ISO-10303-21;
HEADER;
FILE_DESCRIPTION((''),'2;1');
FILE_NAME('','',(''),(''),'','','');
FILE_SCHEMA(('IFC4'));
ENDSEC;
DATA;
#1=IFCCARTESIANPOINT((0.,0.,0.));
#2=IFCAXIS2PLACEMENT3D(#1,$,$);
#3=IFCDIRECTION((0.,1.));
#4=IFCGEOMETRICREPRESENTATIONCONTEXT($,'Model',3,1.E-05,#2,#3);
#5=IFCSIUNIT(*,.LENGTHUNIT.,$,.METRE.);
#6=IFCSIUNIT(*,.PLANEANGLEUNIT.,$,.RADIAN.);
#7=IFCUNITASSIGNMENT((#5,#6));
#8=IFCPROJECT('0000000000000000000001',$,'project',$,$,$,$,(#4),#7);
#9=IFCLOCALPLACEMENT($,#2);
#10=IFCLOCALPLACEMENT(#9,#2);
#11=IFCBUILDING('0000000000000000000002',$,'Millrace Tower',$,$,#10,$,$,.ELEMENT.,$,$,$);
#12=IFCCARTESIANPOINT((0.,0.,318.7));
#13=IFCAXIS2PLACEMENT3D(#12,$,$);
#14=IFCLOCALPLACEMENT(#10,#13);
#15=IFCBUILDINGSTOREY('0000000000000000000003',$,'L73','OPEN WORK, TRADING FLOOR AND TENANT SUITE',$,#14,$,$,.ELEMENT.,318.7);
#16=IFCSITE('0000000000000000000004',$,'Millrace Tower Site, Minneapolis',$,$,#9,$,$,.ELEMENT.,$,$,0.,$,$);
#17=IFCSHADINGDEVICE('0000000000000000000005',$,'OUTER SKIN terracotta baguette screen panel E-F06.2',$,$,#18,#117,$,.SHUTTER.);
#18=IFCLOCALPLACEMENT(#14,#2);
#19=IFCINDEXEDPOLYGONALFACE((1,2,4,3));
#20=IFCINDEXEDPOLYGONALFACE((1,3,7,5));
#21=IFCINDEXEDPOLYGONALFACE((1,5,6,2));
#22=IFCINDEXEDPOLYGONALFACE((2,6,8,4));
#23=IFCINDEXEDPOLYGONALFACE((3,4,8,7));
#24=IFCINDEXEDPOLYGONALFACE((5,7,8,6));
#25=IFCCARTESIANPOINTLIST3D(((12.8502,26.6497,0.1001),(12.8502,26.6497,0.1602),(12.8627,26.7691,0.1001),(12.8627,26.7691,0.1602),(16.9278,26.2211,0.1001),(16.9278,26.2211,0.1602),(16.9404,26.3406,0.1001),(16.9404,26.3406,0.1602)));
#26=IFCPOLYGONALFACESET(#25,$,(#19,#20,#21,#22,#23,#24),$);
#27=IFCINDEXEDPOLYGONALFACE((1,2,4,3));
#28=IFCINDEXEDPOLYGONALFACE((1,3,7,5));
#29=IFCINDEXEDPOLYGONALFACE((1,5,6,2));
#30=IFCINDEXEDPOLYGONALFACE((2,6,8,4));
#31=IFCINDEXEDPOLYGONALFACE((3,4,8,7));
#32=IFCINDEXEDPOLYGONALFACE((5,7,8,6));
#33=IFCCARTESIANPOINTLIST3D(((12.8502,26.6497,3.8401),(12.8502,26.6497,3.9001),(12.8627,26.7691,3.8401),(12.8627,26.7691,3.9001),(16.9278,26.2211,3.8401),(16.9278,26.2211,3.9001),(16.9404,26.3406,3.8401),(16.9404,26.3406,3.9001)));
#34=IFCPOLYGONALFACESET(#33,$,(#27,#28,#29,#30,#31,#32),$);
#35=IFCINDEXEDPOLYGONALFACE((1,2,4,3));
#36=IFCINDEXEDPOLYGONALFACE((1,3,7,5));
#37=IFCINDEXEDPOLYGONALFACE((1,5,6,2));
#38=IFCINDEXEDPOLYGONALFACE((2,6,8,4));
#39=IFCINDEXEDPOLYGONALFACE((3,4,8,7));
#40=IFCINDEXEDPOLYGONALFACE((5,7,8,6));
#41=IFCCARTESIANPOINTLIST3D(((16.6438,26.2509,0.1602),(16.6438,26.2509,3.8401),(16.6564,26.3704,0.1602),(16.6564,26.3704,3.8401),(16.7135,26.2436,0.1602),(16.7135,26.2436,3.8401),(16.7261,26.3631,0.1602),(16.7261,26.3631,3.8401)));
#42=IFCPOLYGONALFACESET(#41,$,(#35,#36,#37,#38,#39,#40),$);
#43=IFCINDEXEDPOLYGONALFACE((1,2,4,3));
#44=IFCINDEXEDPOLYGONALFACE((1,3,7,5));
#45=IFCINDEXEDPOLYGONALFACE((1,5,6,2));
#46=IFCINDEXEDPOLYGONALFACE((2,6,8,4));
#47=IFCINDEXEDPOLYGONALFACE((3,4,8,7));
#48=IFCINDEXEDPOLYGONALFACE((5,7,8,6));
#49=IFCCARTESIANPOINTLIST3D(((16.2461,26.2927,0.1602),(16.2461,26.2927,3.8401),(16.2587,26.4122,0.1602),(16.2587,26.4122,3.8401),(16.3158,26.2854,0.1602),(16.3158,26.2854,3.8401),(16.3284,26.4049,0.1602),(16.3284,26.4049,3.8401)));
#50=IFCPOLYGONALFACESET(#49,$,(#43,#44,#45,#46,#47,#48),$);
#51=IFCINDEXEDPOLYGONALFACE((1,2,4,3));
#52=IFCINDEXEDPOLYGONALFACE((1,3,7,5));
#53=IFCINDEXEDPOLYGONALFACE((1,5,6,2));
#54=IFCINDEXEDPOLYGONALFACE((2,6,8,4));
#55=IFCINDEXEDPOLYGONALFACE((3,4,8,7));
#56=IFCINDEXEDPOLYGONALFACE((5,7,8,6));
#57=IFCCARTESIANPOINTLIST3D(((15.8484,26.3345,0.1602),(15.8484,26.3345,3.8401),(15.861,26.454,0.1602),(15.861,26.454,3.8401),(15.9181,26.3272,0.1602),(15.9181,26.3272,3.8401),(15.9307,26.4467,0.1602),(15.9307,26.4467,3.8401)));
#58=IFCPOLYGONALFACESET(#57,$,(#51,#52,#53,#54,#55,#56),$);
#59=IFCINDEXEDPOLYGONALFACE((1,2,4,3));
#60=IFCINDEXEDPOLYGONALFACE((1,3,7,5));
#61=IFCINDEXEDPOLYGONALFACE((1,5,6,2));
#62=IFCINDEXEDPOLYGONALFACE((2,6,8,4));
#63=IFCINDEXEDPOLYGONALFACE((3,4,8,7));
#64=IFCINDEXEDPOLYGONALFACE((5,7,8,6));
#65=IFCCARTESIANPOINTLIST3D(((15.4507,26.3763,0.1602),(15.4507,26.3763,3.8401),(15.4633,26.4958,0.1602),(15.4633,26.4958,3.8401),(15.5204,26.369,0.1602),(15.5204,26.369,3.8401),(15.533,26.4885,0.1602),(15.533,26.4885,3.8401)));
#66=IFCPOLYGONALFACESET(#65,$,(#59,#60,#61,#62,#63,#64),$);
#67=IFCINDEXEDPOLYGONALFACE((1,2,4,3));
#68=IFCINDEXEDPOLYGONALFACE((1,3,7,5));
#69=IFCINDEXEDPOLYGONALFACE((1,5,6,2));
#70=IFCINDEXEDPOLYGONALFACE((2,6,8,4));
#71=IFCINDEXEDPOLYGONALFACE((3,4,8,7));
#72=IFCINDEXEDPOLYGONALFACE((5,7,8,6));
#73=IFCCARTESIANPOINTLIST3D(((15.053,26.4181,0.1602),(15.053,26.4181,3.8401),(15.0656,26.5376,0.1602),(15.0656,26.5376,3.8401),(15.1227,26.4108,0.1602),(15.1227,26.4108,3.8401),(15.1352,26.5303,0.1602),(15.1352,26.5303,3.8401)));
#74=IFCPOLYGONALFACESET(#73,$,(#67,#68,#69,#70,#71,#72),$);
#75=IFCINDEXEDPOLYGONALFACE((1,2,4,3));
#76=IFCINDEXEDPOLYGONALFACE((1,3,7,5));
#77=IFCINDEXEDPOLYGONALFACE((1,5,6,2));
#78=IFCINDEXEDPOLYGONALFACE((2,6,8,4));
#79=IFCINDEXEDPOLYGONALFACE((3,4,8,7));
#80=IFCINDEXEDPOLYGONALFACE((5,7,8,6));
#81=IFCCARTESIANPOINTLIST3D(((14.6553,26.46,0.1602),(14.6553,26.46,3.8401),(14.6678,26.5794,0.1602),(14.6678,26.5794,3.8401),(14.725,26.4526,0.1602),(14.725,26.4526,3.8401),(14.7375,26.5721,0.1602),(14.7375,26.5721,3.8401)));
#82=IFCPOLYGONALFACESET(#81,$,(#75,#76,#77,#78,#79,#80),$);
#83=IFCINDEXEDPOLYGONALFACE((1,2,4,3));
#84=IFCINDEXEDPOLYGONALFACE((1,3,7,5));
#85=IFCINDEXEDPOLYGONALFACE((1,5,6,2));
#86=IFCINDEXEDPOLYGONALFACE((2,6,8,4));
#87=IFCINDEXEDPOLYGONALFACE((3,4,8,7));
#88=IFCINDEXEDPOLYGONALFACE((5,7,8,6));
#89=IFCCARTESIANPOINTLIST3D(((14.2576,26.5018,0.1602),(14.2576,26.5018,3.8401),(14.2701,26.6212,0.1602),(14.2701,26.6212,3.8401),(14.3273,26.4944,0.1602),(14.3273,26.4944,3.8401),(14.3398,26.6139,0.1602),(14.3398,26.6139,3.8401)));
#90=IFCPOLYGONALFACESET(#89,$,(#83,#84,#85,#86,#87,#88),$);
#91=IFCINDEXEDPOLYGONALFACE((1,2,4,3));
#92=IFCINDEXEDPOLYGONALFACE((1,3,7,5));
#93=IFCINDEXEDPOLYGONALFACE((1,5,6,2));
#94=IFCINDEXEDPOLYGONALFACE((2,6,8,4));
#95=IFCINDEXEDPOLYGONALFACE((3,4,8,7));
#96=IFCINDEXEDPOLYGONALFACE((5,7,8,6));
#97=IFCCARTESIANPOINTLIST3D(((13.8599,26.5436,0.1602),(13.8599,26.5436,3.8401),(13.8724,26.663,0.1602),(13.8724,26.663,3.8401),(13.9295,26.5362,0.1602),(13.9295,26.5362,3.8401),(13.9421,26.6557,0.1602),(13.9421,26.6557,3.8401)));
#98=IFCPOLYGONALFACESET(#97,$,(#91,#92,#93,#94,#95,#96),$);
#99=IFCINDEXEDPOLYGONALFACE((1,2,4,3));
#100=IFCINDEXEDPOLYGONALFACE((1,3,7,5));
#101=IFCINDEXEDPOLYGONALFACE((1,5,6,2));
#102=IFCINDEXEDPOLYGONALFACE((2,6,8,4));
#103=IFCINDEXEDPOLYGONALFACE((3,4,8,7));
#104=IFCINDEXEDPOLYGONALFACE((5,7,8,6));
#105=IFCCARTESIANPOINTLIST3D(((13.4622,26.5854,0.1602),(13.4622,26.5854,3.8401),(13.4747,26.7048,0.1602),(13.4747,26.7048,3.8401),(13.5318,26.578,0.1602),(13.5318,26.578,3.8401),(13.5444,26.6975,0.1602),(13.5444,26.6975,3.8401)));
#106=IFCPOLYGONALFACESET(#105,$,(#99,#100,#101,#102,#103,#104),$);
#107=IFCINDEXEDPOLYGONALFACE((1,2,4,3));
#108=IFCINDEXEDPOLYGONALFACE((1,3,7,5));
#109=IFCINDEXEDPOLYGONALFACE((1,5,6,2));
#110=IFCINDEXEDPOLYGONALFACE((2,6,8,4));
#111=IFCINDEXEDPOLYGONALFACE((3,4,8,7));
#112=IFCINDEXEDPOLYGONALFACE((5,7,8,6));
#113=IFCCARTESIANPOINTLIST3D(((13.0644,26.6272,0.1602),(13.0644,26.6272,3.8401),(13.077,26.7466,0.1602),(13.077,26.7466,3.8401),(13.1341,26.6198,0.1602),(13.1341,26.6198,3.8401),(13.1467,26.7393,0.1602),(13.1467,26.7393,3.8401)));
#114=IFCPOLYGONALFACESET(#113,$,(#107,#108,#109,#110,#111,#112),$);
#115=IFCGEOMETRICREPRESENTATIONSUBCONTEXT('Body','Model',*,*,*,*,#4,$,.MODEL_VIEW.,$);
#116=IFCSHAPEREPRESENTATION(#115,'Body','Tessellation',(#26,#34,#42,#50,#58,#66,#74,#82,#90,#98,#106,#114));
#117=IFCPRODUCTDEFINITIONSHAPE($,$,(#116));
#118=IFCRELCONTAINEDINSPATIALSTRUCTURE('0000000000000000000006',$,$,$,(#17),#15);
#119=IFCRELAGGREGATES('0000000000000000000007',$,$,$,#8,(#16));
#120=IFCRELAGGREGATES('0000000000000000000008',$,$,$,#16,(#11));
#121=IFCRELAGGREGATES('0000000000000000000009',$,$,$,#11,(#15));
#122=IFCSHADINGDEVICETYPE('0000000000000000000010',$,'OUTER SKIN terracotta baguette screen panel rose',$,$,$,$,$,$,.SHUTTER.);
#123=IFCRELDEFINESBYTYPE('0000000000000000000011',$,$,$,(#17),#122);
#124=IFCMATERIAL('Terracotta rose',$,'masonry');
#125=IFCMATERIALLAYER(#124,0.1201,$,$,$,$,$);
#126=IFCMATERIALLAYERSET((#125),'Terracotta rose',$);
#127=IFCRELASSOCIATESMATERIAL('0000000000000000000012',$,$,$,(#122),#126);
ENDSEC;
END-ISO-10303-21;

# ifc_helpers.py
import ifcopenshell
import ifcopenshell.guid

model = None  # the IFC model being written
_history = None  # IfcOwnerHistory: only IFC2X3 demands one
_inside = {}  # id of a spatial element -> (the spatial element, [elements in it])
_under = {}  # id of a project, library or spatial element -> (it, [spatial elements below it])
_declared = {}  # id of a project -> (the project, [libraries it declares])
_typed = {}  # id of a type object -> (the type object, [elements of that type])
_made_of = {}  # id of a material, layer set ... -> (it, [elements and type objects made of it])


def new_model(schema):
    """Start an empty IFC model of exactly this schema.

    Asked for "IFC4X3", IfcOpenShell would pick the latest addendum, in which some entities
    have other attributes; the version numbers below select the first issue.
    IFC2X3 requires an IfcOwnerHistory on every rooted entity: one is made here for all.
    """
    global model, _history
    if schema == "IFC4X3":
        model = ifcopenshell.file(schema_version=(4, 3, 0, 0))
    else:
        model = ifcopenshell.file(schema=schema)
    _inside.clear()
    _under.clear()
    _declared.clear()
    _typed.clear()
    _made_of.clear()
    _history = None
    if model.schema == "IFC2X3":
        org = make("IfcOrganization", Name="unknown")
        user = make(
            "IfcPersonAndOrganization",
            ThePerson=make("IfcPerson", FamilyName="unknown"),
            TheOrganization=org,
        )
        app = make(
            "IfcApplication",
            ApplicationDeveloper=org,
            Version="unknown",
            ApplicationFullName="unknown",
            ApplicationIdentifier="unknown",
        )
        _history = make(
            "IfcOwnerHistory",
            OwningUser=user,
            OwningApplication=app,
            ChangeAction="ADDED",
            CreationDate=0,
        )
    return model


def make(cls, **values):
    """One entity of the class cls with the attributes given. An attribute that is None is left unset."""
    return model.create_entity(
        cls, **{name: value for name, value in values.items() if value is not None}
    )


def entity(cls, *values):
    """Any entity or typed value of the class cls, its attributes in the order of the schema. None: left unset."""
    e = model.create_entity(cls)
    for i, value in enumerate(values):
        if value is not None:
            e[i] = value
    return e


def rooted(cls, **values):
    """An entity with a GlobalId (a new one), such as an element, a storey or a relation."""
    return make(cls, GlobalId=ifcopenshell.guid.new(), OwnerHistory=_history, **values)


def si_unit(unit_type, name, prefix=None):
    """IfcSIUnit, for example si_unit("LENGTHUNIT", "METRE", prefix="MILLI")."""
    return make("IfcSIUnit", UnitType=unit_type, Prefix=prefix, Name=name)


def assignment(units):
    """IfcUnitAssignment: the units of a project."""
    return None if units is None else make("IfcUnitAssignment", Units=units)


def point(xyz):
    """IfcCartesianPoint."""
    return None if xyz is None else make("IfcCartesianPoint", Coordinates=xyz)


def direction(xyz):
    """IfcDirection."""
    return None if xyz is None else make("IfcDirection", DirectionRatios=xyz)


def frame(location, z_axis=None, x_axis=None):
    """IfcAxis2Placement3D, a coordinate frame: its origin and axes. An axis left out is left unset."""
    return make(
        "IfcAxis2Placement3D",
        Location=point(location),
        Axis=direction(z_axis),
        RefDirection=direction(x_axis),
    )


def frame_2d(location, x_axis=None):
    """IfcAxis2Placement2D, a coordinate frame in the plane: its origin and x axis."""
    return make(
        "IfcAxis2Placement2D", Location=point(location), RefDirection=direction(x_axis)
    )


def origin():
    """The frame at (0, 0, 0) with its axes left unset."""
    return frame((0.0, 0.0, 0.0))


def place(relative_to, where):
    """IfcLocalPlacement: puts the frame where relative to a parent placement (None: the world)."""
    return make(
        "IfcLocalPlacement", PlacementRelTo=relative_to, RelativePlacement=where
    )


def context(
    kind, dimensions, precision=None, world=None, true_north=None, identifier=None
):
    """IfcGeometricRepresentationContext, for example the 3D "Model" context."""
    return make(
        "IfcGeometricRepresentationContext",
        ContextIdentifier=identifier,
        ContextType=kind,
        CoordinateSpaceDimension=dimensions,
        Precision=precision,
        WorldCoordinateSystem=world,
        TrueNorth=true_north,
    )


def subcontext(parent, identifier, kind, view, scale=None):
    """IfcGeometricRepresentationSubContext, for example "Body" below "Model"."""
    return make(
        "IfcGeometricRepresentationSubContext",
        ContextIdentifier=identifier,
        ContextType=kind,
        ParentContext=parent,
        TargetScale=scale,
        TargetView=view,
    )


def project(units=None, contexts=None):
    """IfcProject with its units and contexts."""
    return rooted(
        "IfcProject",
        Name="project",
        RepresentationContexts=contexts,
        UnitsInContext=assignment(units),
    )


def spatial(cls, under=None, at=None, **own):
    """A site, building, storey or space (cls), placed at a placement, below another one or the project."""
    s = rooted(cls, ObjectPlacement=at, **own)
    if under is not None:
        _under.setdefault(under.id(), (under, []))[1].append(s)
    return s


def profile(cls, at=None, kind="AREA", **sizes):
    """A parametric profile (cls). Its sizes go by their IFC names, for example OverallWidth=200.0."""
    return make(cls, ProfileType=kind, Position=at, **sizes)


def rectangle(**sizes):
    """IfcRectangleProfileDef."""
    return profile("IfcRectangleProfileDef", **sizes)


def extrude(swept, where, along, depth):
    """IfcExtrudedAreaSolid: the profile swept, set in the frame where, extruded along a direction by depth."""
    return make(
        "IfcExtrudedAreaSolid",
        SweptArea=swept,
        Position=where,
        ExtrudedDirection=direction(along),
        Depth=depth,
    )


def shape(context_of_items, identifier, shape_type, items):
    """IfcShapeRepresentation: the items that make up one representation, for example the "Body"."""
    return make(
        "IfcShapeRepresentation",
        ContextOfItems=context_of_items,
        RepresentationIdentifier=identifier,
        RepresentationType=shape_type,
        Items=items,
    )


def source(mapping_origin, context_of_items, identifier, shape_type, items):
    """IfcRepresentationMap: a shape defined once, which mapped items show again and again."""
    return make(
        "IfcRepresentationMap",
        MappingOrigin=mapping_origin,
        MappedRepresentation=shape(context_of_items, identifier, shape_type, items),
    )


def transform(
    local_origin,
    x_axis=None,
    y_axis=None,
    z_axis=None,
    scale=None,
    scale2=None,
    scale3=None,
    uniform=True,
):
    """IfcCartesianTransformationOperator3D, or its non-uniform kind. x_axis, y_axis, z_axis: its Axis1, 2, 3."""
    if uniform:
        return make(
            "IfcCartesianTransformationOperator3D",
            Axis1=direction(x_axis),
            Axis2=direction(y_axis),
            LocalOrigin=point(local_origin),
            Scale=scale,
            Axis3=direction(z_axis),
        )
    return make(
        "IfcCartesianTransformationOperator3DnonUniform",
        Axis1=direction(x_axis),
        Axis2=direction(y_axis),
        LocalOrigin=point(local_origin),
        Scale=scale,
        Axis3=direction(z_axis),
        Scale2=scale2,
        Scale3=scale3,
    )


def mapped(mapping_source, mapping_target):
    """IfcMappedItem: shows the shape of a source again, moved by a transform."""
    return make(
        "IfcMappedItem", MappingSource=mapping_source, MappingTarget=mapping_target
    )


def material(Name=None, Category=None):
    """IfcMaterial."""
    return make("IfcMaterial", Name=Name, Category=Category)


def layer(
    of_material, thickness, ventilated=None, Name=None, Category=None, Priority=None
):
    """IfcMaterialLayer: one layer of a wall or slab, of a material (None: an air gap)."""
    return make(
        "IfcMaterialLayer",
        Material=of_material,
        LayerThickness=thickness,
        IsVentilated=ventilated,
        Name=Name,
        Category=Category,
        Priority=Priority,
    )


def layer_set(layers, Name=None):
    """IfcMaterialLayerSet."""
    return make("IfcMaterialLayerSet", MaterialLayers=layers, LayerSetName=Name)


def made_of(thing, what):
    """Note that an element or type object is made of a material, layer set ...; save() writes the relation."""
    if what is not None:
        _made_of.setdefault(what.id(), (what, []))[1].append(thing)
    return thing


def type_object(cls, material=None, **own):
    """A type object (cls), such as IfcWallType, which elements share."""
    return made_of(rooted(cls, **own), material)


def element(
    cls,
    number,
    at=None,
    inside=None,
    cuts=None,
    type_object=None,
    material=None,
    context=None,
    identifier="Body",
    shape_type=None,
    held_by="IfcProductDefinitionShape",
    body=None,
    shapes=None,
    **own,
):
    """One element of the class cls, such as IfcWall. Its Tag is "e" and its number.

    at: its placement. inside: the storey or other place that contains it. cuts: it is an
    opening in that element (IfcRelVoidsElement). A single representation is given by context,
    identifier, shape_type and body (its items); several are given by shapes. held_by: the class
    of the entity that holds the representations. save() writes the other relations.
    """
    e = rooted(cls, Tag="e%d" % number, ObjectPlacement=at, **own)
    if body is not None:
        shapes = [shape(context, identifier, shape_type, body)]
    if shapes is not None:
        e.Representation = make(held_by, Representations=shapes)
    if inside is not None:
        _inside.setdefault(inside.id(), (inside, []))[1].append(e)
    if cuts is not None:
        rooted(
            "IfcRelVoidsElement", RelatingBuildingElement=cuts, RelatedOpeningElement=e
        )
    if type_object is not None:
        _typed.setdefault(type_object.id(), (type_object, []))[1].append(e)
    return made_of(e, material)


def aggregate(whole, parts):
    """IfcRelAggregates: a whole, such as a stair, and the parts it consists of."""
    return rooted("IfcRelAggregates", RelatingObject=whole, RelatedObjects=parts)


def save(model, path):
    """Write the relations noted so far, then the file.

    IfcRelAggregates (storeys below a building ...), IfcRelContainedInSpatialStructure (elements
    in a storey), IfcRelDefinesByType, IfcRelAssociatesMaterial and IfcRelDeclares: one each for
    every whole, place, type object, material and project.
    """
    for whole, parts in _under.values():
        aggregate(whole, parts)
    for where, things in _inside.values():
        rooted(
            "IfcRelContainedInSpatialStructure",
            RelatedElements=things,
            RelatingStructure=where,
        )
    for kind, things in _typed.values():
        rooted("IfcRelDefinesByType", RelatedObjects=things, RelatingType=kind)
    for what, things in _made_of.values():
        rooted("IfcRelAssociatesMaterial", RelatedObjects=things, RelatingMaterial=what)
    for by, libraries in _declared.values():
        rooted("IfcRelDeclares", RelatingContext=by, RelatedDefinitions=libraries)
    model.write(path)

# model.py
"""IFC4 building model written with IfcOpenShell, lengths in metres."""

from ifc_helpers import new_model, entity, si_unit, direction, frame, frame_2d, origin, place, context, subcontext, project, spatial, rectangle, extrude, source, transform, mapped, material, layer, layer_set, type_object, element, save


model = new_model("IFC4")

# Units and contexts
model_context = context("Model", 3, precision=1e-05, world=origin(), true_north=direction((0.0, 1.0)))
body_context = subcontext(model_context, "Body", "Model", "MODEL_VIEW")
ifc_project = project(units=[si_unit("LENGTHUNIT", "METRE"), si_unit("PLANEANGLEUNIT", "RADIAN")], contexts=[model_context])

# Site, building, storey
site_placement = place(None, origin())
site = spatial("IfcSite", under=ifc_project, at=site_placement, Name="Millrace Tower Site, Minneapolis", CompositionType="ELEMENT", RefElevation=0.0)
building_placement = place(site_placement, origin())
building = spatial("IfcBuilding", under=site, at=building_placement, Name="Millrace Tower", CompositionType="ELEMENT")
storey_placement = place(building_placement, frame((0.0, 0.0, 318.7)))
storey = spatial("IfcBuildingStorey", under=building, at=storey_placement, Name="L73", Description="OPEN WORK, TRADING FLOOR AND TENANT SUITE", CompositionType="ELEMENT", Elevation=318.7)

# Shading device
ifc_material_1 = material(Name="Terracotta rose", Category="masonry")
ifc_layer_1 = layer(ifc_material_1, 0.1201)
ifc_layer_set_1 = layer_set([ifc_layer_1], Name="Terracotta rose")
shading_device_type = type_object("IfcShadingDeviceType", Name="OUTER SKIN terracotta baguette screen panel rose", PredefinedType="SHUTTER", material=ifc_layer_set_1)
cartesian_point_1 = entity("IfcCartesianPoint", [-2.05, 0.0601])
shared_polyline_1 = entity("IfcPolyline", [cartesian_point_1, entity("IfcCartesianPoint", [2.05, 0.0601]), entity("IfcCartesianPoint", [2.05, -0.0601]), entity("IfcCartesianPoint", [-2.05, -0.0601]), cartesian_point_1])
shared_shape_1 = source(origin(), body_context, "Body", "SweptSolid", [
    entity("IfcExtrudedAreaSolid", entity("IfcArbitraryClosedProfileDef", "AREA", None, shared_polyline_1), entity("IfcAxis2Placement3D", entity("IfcCartesianPoint", [0.0, 0.0, 0.0])), entity("IfcDirection", [0.0, 0.0, 1.0]), 0.0601),
    entity("IfcExtrudedAreaSolid", entity("IfcArbitraryClosedProfileDef", "AREA", None, shared_polyline_1), entity("IfcAxis2Placement3D", entity("IfcCartesianPoint", [0.0, 0.0, 3.74])), entity("IfcDirection", [0.0, 0.0, 1.0]), 0.0601),
    extrude(rectangle(XDim=0.0701, YDim=0.1201, at=frame_2d((-1.7996, 0.0))), frame((0.0, 0.0, 0.0601)), (0.0, 0.0, 1.0), 3.6799),
    extrude(rectangle(XDim=0.0701, YDim=0.1201, at=frame_2d((-1.3997, 0.0))), frame((0.0, 0.0, 0.0601)), (0.0, 0.0, 1.0), 3.6799),
    extrude(rectangle(XDim=0.0701, YDim=0.1201, at=frame_2d((-0.9998, 0.0))), frame((0.0, 0.0, 0.0601)), (0.0, 0.0, 1.0), 3.6799),
    extrude(rectangle(XDim=0.0701, YDim=0.1201, at=frame_2d((-0.5999, 0.0))), frame((0.0, 0.0, 0.0601)), (0.0, 0.0, 1.0), 3.6799),
    extrude(rectangle(XDim=0.0701, YDim=0.1201, at=frame_2d((-0.2, 0.0))), frame((0.0, 0.0, 0.0601)), (0.0, 0.0, 1.0), 3.6799),
    extrude(rectangle(XDim=0.0701, YDim=0.1201, at=frame_2d((0.2, 0.0))), frame((0.0, 0.0, 0.0601)), (0.0, 0.0, 1.0), 3.6799),
    extrude(rectangle(XDim=0.0701, YDim=0.1201, at=frame_2d((0.5999, 0.0))), frame((0.0, 0.0, 0.0601)), (0.0, 0.0, 1.0), 3.6799),
    extrude(rectangle(XDim=0.0701, YDim=0.1201, at=frame_2d((0.9998, 0.0))), frame((0.0, 0.0, 0.0601)), (0.0, 0.0, 1.0), 3.6799),
    extrude(rectangle(XDim=0.0701, YDim=0.1201, at=frame_2d((1.3997, 0.0))), frame((0.0, 0.0, 0.0601)), (0.0, 0.0, 1.0), 3.6799),
    extrude(rectangle(XDim=0.0701, YDim=0.1201, at=frame_2d((1.7996, 0.0))), frame((0.0, 0.0, 0.0601)), (0.0, 0.0, 1.0), 3.6799),
])
for number, where, z_axis, x_axis, name in (
    (1, (14.8953, 26.4951, 0.1001), (0.0, 0.0, 1.0), (-0.994522, 0.104528, 0.0), "OUTER SKIN terracotta baguette screen panel E-F06.2"),
):
    element("IfcShadingDevice", number, at=place(storey_placement, frame(where, z_axis=z_axis, x_axis=x_axis)), inside=storey, type_object=shading_device_type, Name=name, PredefinedType="SHUTTER", context=body_context, shape_type="MappedRepresentation", body=[
        mapped(shared_shape_1, transform((0.0, 0.0, 0.0), scale=1.0)),
    ])

save(model, "model.ifc")
